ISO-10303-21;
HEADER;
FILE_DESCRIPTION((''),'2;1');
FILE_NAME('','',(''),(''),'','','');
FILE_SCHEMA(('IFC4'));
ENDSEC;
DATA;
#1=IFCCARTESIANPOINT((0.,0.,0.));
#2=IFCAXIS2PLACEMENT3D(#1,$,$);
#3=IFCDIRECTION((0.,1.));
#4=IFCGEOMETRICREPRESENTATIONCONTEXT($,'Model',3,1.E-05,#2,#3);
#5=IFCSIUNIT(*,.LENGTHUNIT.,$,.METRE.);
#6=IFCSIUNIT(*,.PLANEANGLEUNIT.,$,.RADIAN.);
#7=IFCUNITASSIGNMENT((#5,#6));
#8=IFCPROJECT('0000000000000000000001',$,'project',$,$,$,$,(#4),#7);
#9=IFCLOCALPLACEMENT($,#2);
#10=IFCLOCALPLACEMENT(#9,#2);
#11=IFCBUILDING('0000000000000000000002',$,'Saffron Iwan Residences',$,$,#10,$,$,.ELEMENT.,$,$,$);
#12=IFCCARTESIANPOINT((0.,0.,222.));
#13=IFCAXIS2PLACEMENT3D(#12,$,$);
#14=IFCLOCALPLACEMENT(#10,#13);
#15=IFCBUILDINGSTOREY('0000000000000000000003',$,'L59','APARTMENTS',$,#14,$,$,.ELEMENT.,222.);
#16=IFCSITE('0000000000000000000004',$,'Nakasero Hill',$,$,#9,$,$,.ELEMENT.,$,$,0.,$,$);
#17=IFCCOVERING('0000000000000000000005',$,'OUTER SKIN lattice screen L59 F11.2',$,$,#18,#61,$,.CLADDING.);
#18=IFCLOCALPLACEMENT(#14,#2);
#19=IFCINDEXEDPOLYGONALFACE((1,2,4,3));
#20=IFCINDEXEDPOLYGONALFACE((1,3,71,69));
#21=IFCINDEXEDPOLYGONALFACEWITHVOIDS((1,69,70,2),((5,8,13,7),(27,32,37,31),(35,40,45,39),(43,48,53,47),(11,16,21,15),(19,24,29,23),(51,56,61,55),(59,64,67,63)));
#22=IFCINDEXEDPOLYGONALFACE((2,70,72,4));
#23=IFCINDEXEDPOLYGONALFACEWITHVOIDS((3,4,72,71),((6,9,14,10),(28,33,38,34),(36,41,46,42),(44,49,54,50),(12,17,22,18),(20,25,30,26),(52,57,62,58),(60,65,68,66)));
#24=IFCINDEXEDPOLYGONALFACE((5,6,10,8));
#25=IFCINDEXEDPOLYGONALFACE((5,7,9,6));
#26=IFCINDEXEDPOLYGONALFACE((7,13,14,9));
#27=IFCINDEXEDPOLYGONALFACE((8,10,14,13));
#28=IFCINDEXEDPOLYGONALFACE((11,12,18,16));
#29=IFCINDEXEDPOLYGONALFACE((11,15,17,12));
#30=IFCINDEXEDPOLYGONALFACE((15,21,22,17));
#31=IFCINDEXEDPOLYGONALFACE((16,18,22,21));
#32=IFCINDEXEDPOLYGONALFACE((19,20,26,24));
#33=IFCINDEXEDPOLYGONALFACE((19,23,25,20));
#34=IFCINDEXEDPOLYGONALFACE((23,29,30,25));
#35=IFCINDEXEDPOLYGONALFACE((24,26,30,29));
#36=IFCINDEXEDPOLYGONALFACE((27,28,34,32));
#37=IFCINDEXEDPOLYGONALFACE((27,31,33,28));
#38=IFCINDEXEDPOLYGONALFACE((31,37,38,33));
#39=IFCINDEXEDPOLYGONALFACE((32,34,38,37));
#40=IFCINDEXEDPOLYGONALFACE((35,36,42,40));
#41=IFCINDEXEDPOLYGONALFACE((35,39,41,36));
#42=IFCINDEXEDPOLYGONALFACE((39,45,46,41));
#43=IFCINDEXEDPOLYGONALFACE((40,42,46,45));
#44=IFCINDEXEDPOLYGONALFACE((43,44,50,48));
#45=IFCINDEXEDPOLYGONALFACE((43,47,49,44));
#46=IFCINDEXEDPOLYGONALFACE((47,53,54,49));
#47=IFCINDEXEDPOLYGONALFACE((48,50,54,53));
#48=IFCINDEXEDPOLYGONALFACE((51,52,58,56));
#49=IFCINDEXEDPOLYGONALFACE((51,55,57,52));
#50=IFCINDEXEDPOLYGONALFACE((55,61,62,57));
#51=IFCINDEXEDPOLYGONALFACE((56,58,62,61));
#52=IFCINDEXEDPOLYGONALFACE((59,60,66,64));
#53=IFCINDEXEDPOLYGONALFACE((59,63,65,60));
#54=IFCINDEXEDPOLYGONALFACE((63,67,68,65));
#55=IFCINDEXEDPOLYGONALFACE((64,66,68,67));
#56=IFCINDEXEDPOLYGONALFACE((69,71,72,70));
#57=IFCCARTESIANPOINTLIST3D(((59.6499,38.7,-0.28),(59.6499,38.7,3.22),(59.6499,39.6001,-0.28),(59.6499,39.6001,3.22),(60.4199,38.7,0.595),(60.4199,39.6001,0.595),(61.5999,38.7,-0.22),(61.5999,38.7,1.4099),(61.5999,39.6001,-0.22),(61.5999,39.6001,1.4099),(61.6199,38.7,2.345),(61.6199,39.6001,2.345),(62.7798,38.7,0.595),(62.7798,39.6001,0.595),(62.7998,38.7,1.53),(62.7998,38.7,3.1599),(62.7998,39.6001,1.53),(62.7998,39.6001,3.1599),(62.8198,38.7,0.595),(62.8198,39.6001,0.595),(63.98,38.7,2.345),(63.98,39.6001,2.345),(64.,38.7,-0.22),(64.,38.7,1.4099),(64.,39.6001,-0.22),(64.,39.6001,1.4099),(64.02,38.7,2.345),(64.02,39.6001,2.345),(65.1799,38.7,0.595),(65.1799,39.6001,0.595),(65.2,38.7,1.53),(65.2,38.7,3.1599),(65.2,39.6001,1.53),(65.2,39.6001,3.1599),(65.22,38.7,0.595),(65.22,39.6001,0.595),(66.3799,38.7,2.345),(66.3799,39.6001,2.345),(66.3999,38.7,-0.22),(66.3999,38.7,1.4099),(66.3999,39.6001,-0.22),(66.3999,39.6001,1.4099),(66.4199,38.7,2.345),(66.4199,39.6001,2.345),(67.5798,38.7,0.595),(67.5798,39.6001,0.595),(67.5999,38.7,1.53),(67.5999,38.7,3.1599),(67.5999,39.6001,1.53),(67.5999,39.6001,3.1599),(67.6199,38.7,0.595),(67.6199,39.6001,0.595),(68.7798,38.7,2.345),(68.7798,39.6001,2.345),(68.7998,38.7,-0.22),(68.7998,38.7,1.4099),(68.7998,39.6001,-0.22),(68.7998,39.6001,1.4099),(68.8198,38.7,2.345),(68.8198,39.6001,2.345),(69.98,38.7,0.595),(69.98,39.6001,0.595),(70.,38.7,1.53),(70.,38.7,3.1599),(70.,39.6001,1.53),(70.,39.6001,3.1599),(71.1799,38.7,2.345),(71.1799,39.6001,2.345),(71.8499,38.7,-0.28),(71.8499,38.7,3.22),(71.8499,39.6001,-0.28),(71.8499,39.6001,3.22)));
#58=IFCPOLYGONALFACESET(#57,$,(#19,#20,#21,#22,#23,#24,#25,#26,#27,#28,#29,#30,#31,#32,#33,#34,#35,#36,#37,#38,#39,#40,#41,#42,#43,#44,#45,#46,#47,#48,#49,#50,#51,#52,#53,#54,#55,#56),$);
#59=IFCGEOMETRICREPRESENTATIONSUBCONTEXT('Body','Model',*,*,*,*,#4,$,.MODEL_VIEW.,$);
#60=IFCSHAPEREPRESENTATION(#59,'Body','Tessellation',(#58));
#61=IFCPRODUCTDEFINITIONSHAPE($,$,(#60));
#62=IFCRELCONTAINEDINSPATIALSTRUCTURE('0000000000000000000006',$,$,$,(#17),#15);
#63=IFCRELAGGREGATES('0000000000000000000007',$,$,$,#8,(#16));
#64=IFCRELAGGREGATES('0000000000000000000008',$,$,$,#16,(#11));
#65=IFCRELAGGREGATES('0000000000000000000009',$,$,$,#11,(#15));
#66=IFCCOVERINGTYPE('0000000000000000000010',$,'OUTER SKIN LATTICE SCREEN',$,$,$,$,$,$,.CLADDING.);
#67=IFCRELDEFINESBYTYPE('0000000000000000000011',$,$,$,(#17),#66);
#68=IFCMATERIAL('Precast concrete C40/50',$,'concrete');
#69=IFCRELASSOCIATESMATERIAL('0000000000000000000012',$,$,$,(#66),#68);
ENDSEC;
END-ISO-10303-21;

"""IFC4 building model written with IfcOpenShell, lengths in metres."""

from ifc_helpers import new_model, si_unit, direction, frame, origin, place, context, subcontext, project, spatial, polyline, outline, extrude, material, type_object, element, save


model = new_model("IFC4")

# Units and contexts
model_context = context("Model", 3, precision=1e-05, world=origin(), true_north=direction((0.0, 1.0)))
body_context = subcontext(model_context, "Body", "Model", "MODEL_VIEW")
ifc_project = project(units=[si_unit("LENGTHUNIT", "METRE"), si_unit("PLANEANGLEUNIT", "RADIAN")], contexts=[model_context])

# Site, building, storey
site_placement = place(None, origin())
site = spatial("IfcSite", under=ifc_project, at=site_placement, Name="Nakasero Hill", CompositionType="ELEMENT", RefElevation=0.0)
building_placement = place(site_placement, origin())
building = spatial("IfcBuilding", under=site, at=building_placement, Name="Saffron Iwan Residences", CompositionType="ELEMENT")
storey_placement = place(building_placement, frame((0.0, 0.0, 222.0)))
storey = spatial("IfcBuildingStorey", under=building, at=storey_placement, Name="L59", Description="APARTMENTS", CompositionType="ELEMENT", Elevation=222.0)

# Covering
ifc_material_1 = material(Name="Precast concrete C40/50", Category="concrete")
covering_type = type_object("IfcCoveringType", Name="OUTER SKIN LATTICE SCREEN", PredefinedType="CLADDING", material=ifc_material_1)
covering_placement = place(storey_placement, frame((59.6499, 39.6001, -0.28), z_axis=(0.0, -1.0, 0.0), x_axis=(1.0, 0.0, 0.0)))
element("IfcCovering", 1, at=covering_placement, inside=storey, type_object=covering_type, Name="OUTER SKIN lattice screen L59 F11.2", PredefinedType="CLADDING", context=body_context, shape_type="SweptSolid", body=[
    extrude(outline(polyline([(0.0, 0.0), (12.2, 0.0), (12.2, 3.5), (0.0, 3.5), (0.0, 0.0)]), holes=[polyline([(0.77, 0.875), (1.95, 0.0601), (3.1299, 0.875), (1.95, 1.6899), (0.77, 0.875)]), polyline([(3.1699, 0.875), (4.3501, 0.0601), (5.53, 0.875), (4.3501, 1.6899), (3.1699, 0.875)]), polyline([(5.5701, 0.875), (6.75, 0.0601), (7.9299, 0.875), (6.75, 1.6899), (5.5701, 0.875)]), polyline([(7.97, 0.875), (9.1499, 0.0601), (10.3301, 0.875), (9.1499, 1.6899), (7.97, 0.875)]), polyline([(1.97, 2.625), (3.1499, 1.8101), (4.3301, 2.625), (3.1499, 3.4399), (1.97, 2.625)]), polyline([(4.3701, 2.625), (5.55, 1.8101), (6.73, 2.625), (5.55, 3.4399), (4.3701, 2.625)]), polyline([(6.77, 2.625), (7.95, 1.8101), (9.1299, 2.625), (7.95, 3.4399), (6.77, 2.625)]), polyline([(9.1699, 2.625), (10.3501, 1.8101), (11.53, 2.625), (10.3501, 3.4399), (9.1699, 2.625)])]), origin(), (0.0, 0.0, 1.0), 0.9001),
])

save(model, "model.ifc")
